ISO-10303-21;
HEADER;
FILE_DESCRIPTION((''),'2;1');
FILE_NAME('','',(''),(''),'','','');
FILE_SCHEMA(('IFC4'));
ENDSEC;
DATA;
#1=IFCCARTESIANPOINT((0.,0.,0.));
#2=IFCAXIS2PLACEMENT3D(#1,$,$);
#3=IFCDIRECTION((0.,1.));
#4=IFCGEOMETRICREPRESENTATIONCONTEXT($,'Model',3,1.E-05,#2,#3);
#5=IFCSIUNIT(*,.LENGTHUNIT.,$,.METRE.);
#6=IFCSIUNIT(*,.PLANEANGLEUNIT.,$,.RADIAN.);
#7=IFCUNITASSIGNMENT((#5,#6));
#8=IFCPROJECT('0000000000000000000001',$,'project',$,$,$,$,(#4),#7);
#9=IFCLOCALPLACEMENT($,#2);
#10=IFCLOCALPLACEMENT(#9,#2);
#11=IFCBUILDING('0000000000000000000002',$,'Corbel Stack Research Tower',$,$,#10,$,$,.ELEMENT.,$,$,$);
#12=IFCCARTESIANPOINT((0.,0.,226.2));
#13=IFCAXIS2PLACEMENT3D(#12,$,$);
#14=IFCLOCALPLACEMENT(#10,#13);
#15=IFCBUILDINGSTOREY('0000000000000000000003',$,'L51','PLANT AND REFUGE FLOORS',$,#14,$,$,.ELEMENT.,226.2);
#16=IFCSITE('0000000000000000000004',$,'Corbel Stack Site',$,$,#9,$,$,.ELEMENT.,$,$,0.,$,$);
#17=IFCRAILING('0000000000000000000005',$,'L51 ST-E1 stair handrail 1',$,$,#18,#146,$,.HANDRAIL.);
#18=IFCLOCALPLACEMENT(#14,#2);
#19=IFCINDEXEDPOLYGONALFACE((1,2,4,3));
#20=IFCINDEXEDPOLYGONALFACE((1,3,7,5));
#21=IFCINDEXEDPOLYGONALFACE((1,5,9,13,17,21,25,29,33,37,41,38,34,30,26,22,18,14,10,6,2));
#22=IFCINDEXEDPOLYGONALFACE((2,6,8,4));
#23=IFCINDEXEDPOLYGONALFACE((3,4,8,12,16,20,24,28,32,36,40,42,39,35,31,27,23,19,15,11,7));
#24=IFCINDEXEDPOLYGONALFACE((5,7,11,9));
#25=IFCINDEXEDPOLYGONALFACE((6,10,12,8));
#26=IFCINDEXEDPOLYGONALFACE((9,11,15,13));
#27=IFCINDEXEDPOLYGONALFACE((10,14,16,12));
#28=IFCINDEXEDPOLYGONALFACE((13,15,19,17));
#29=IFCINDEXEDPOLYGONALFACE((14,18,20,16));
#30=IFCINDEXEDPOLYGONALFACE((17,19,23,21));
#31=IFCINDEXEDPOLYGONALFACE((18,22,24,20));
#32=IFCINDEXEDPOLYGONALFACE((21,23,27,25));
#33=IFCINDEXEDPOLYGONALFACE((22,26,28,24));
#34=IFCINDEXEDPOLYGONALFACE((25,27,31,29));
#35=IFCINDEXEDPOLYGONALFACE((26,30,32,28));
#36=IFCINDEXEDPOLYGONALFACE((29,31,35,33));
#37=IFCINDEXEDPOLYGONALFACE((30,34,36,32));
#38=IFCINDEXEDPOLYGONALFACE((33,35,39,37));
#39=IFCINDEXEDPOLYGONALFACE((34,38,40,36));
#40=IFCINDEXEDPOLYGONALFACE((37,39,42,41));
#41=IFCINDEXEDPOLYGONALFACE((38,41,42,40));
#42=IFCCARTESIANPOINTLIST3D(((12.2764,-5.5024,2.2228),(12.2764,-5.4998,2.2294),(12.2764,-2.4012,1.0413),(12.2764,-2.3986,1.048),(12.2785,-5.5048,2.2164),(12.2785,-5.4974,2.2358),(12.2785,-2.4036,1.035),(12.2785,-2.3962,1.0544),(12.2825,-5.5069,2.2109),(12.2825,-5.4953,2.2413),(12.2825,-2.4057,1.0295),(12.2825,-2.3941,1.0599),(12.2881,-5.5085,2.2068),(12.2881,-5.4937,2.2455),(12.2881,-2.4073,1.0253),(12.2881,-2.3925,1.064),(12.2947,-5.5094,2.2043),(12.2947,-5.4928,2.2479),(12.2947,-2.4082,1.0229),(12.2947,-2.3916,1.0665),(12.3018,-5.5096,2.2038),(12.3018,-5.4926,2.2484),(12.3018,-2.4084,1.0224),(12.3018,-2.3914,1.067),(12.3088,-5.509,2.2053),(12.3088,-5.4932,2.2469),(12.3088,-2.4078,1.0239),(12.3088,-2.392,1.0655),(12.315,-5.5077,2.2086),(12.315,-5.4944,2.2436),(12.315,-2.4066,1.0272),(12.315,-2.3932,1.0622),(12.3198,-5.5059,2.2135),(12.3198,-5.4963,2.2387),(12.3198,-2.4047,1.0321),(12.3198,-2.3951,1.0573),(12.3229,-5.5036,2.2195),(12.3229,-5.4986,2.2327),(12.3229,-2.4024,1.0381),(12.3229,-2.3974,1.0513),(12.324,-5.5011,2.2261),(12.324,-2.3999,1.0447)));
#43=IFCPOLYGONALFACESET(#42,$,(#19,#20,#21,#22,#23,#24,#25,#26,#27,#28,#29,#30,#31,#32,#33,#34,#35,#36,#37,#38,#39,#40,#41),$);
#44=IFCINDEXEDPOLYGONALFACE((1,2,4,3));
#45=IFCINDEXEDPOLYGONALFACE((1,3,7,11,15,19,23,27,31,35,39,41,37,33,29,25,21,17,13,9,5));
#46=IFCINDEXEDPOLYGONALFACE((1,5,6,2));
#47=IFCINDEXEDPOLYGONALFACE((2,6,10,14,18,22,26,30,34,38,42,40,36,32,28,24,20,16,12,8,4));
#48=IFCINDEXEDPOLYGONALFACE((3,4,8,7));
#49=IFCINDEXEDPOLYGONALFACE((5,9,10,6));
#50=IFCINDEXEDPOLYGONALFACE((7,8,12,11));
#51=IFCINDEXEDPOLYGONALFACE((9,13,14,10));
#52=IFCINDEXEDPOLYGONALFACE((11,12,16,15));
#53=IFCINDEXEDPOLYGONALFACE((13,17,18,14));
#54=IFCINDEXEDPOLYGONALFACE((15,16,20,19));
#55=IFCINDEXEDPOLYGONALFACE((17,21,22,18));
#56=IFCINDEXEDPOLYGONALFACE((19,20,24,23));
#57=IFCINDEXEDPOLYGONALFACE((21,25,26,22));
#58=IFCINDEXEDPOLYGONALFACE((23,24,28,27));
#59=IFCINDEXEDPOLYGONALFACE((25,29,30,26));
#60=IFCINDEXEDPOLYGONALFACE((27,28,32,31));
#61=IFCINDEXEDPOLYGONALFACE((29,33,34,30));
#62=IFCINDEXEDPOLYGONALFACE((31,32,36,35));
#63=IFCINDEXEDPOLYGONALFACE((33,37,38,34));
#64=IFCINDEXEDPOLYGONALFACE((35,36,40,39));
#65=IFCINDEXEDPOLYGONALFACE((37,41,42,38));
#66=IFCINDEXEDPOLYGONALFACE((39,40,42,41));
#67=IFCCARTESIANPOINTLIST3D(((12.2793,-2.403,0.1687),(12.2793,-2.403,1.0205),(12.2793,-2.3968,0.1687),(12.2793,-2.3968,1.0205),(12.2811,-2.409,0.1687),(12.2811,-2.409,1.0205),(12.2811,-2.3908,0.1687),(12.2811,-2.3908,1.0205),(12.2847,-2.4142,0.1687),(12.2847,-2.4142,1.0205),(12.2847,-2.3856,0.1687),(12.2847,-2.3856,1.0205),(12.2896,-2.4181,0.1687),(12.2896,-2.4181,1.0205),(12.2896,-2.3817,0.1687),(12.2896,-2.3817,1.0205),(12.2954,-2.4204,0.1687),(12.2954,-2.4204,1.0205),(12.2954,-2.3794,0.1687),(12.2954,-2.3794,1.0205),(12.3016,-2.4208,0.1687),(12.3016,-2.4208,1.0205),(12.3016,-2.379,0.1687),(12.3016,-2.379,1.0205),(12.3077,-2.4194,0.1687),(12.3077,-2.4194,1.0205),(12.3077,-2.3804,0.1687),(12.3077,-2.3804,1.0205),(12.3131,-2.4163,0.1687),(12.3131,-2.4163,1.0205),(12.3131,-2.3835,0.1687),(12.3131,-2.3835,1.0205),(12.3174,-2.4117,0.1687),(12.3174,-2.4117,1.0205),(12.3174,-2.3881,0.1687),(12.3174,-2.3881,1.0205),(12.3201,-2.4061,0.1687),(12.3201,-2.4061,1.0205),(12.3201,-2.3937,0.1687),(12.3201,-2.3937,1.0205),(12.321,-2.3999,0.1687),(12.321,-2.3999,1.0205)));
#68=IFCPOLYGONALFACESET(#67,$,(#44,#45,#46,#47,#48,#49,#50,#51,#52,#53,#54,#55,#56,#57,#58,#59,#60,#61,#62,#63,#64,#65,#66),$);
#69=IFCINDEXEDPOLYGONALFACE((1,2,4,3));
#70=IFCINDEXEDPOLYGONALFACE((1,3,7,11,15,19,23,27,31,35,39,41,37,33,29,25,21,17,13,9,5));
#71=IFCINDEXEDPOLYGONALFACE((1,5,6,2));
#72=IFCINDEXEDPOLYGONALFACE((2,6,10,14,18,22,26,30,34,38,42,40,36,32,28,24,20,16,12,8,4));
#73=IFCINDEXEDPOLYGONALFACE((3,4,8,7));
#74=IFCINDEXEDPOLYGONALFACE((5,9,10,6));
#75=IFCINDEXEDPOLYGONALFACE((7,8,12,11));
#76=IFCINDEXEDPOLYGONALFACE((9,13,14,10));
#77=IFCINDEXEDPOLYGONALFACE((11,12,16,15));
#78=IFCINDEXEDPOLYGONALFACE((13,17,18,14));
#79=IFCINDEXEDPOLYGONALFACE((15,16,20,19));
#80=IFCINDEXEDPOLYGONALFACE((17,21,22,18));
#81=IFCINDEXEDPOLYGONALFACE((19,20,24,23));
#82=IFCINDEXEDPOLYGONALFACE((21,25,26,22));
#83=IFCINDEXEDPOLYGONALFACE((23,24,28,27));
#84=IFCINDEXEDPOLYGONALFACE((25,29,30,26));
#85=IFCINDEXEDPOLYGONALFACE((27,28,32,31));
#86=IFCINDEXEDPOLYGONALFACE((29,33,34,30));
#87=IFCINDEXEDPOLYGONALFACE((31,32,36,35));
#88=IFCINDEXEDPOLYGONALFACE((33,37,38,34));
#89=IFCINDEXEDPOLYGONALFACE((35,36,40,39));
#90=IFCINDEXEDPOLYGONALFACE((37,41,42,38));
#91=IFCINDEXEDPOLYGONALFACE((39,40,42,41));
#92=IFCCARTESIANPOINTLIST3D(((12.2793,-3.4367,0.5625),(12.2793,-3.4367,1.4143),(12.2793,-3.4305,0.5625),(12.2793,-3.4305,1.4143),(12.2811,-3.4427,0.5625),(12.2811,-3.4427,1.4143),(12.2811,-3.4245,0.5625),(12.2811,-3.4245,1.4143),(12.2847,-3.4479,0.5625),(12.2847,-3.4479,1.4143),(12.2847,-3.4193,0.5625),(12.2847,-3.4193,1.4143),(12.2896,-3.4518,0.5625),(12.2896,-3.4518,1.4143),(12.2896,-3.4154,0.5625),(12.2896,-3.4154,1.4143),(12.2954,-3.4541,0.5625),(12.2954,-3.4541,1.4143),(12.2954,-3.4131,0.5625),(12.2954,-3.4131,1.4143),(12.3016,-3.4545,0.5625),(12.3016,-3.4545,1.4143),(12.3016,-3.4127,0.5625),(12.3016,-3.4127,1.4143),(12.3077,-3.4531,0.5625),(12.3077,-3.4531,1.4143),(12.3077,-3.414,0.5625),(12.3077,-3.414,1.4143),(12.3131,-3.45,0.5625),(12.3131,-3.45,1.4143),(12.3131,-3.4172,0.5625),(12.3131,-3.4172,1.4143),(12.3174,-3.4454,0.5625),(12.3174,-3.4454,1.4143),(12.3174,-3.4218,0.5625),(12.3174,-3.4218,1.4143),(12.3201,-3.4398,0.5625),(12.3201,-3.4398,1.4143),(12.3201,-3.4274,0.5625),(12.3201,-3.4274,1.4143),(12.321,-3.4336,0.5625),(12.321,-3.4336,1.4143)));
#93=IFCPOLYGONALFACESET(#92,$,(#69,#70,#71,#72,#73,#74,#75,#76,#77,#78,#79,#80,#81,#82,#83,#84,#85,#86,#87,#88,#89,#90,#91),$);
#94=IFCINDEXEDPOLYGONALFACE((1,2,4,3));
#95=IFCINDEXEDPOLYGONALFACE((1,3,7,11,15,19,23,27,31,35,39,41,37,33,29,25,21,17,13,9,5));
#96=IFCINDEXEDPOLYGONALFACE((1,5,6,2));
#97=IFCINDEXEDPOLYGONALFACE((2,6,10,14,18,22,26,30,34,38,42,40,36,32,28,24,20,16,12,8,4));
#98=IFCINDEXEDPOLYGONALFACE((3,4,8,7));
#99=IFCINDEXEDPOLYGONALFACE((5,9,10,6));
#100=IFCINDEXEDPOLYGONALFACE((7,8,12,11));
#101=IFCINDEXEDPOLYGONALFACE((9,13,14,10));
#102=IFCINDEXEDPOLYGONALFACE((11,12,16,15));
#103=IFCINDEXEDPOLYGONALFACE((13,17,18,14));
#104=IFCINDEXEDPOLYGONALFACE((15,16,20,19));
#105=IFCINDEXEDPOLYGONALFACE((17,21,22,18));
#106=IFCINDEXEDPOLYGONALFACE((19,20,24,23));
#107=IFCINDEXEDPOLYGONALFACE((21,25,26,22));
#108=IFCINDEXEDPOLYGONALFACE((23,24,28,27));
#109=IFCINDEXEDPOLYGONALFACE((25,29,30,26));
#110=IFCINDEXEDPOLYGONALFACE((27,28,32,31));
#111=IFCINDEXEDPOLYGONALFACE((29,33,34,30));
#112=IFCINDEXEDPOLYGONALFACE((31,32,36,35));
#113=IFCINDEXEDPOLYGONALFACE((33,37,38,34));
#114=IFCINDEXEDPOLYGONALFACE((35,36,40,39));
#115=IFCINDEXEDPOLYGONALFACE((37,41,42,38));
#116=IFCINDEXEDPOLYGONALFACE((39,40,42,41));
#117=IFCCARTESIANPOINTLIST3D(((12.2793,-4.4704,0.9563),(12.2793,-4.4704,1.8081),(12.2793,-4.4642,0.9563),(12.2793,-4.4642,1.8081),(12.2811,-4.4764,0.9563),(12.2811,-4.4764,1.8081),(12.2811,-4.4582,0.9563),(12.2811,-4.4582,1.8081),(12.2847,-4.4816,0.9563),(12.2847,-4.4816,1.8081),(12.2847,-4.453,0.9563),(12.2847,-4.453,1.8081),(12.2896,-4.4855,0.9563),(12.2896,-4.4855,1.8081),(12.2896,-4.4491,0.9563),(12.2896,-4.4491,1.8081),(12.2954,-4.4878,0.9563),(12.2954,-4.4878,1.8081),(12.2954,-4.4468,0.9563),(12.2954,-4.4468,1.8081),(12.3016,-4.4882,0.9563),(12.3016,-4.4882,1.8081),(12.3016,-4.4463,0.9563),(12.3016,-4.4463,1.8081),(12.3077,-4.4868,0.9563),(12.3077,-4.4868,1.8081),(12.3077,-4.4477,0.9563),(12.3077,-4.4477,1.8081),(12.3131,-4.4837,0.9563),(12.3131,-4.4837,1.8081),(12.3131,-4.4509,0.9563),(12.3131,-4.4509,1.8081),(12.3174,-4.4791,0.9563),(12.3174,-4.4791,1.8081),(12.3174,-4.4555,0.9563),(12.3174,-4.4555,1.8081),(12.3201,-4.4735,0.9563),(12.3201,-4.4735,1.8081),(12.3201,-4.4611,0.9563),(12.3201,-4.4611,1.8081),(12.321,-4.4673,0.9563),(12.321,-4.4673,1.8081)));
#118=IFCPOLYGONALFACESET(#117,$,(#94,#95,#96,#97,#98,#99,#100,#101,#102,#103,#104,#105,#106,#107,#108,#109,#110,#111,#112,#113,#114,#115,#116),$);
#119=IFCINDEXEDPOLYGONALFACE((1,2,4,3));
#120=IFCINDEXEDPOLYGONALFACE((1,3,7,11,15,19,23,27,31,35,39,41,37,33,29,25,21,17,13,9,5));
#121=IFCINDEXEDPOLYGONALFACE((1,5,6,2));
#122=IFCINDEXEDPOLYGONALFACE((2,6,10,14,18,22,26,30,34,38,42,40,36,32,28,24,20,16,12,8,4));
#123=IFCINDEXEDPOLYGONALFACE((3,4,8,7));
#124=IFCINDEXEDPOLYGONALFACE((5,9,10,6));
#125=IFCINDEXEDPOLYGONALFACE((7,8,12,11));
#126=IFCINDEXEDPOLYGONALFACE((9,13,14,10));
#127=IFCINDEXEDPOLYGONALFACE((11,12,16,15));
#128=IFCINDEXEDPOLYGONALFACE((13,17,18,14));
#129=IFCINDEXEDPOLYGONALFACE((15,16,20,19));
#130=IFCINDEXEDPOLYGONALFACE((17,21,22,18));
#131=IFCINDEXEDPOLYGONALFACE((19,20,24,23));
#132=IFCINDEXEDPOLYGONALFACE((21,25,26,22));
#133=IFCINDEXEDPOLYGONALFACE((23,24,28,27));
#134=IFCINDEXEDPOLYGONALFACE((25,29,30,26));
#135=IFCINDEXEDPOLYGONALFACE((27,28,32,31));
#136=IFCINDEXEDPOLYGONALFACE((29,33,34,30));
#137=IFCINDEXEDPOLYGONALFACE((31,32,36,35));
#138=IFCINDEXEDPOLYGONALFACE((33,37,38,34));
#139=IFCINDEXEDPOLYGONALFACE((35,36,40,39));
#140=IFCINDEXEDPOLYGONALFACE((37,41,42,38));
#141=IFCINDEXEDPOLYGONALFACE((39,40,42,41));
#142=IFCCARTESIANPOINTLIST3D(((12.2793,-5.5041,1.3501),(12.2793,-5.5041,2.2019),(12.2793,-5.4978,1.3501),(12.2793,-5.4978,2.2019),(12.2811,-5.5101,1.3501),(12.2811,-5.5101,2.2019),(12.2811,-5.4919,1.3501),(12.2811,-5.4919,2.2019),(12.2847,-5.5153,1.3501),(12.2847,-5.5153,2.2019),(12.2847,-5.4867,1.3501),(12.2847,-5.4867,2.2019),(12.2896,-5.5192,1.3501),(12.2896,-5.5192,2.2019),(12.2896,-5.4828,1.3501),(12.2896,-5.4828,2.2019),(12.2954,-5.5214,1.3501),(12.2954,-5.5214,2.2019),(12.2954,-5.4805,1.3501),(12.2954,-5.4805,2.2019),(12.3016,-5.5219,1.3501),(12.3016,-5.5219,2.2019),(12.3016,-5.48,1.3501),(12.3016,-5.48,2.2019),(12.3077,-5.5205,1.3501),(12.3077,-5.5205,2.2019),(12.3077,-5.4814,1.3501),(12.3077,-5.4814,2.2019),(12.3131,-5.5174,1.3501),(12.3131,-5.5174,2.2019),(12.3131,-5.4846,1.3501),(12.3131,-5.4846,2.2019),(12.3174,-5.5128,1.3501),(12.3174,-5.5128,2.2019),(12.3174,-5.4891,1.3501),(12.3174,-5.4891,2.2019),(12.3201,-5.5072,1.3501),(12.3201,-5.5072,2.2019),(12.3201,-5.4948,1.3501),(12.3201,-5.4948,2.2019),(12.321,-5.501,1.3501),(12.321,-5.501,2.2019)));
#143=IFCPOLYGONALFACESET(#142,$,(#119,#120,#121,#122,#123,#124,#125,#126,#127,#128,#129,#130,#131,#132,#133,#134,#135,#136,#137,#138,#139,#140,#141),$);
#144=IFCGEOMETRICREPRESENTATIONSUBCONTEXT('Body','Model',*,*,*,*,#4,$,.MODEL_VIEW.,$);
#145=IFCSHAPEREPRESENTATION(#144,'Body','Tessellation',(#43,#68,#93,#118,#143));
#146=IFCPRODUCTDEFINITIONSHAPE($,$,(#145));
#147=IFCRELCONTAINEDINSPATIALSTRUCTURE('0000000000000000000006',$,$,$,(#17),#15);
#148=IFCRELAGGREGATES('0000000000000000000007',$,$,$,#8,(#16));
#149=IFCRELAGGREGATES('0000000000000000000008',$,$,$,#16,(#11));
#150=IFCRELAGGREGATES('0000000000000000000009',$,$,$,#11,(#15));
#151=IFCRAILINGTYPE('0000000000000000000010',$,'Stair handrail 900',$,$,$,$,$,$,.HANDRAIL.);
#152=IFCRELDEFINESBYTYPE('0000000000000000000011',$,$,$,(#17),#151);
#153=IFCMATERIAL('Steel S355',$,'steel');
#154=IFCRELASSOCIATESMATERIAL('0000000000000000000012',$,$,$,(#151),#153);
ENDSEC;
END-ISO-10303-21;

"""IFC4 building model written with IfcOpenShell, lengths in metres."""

from ifc_helpers import new_model, si_unit, direction, frame, origin, origin_2d, place, context, subcontext, project, spatial, circle, extrude, material, type_object, element, save


model = new_model("IFC4")

# Units and contexts
model_context = context("Model", 3, precision=1e-05, world=origin(), true_north=direction((0.0, 1.0)))
body_context = subcontext(model_context, "Body", "Model", "MODEL_VIEW")
ifc_project = project(units=[si_unit("LENGTHUNIT", "METRE"), si_unit("PLANEANGLEUNIT", "RADIAN")], contexts=[model_context])

# Site, building, storey
site_placement = place(None, origin())
site = spatial("IfcSite", under=ifc_project, at=site_placement, Name="Corbel Stack Site", CompositionType="ELEMENT", RefElevation=0.0)
building_placement = place(site_placement, origin())
building = spatial("IfcBuilding", under=site, at=building_placement, Name="Corbel Stack Research Tower", CompositionType="ELEMENT")
storey_placement = place(building_placement, frame((0.0, 0.0, 226.2)))
storey = spatial("IfcBuildingStorey", under=building, at=storey_placement, Name="L51", Description="PLANT AND REFUGE FLOORS", CompositionType="ELEMENT", Elevation=226.2)

# Railing
ifc_material_1 = material(Name="Steel S355", Category="steel")
railing_type_1 = type_object("IfcRailingType", Name="Stair handrail 900", PredefinedType="HANDRAIL", material=ifc_material_1)
railing_1_placement = place(storey_placement, frame((12.3, -2.3999, 0.1687)))
element("IfcRailing", 1, at=railing_1_placement, inside=storey, type_object=railing_type_1, Name="L51 ST-E1 stair handrail 1", PredefinedType="HANDRAIL", context=body_context, shape_type="SweptSolid", body=[
    extrude(circle(Radius=0.0239, at=origin_2d()), frame((0.0, 0.0, 0.876), z_axis=(0.0, -0.934484, 0.356005), x_axis=(1.0, 0.0, 0.0)), (0.0, 0.0, 1.0), 3.3186),
    extrude(circle(Radius=0.021, at=origin_2d()), origin(), (0.0, 0.0, 1.0), 0.8518),
    extrude(circle(Radius=0.021, at=origin_2d()), frame((0.0, -1.0337, 0.3938)), (0.0, 0.0, 1.0), 0.8518),
    extrude(circle(Radius=0.021, at=origin_2d()), frame((0.0, -2.0674, 0.7876)), (0.0, 0.0, 1.0), 0.8518),
    extrude(circle(Radius=0.021, at=origin_2d()), frame((0.0, -3.1011, 1.1814)), (0.0, 0.0, 1.0), 0.8518),
])

save(model, "model.ifc")
